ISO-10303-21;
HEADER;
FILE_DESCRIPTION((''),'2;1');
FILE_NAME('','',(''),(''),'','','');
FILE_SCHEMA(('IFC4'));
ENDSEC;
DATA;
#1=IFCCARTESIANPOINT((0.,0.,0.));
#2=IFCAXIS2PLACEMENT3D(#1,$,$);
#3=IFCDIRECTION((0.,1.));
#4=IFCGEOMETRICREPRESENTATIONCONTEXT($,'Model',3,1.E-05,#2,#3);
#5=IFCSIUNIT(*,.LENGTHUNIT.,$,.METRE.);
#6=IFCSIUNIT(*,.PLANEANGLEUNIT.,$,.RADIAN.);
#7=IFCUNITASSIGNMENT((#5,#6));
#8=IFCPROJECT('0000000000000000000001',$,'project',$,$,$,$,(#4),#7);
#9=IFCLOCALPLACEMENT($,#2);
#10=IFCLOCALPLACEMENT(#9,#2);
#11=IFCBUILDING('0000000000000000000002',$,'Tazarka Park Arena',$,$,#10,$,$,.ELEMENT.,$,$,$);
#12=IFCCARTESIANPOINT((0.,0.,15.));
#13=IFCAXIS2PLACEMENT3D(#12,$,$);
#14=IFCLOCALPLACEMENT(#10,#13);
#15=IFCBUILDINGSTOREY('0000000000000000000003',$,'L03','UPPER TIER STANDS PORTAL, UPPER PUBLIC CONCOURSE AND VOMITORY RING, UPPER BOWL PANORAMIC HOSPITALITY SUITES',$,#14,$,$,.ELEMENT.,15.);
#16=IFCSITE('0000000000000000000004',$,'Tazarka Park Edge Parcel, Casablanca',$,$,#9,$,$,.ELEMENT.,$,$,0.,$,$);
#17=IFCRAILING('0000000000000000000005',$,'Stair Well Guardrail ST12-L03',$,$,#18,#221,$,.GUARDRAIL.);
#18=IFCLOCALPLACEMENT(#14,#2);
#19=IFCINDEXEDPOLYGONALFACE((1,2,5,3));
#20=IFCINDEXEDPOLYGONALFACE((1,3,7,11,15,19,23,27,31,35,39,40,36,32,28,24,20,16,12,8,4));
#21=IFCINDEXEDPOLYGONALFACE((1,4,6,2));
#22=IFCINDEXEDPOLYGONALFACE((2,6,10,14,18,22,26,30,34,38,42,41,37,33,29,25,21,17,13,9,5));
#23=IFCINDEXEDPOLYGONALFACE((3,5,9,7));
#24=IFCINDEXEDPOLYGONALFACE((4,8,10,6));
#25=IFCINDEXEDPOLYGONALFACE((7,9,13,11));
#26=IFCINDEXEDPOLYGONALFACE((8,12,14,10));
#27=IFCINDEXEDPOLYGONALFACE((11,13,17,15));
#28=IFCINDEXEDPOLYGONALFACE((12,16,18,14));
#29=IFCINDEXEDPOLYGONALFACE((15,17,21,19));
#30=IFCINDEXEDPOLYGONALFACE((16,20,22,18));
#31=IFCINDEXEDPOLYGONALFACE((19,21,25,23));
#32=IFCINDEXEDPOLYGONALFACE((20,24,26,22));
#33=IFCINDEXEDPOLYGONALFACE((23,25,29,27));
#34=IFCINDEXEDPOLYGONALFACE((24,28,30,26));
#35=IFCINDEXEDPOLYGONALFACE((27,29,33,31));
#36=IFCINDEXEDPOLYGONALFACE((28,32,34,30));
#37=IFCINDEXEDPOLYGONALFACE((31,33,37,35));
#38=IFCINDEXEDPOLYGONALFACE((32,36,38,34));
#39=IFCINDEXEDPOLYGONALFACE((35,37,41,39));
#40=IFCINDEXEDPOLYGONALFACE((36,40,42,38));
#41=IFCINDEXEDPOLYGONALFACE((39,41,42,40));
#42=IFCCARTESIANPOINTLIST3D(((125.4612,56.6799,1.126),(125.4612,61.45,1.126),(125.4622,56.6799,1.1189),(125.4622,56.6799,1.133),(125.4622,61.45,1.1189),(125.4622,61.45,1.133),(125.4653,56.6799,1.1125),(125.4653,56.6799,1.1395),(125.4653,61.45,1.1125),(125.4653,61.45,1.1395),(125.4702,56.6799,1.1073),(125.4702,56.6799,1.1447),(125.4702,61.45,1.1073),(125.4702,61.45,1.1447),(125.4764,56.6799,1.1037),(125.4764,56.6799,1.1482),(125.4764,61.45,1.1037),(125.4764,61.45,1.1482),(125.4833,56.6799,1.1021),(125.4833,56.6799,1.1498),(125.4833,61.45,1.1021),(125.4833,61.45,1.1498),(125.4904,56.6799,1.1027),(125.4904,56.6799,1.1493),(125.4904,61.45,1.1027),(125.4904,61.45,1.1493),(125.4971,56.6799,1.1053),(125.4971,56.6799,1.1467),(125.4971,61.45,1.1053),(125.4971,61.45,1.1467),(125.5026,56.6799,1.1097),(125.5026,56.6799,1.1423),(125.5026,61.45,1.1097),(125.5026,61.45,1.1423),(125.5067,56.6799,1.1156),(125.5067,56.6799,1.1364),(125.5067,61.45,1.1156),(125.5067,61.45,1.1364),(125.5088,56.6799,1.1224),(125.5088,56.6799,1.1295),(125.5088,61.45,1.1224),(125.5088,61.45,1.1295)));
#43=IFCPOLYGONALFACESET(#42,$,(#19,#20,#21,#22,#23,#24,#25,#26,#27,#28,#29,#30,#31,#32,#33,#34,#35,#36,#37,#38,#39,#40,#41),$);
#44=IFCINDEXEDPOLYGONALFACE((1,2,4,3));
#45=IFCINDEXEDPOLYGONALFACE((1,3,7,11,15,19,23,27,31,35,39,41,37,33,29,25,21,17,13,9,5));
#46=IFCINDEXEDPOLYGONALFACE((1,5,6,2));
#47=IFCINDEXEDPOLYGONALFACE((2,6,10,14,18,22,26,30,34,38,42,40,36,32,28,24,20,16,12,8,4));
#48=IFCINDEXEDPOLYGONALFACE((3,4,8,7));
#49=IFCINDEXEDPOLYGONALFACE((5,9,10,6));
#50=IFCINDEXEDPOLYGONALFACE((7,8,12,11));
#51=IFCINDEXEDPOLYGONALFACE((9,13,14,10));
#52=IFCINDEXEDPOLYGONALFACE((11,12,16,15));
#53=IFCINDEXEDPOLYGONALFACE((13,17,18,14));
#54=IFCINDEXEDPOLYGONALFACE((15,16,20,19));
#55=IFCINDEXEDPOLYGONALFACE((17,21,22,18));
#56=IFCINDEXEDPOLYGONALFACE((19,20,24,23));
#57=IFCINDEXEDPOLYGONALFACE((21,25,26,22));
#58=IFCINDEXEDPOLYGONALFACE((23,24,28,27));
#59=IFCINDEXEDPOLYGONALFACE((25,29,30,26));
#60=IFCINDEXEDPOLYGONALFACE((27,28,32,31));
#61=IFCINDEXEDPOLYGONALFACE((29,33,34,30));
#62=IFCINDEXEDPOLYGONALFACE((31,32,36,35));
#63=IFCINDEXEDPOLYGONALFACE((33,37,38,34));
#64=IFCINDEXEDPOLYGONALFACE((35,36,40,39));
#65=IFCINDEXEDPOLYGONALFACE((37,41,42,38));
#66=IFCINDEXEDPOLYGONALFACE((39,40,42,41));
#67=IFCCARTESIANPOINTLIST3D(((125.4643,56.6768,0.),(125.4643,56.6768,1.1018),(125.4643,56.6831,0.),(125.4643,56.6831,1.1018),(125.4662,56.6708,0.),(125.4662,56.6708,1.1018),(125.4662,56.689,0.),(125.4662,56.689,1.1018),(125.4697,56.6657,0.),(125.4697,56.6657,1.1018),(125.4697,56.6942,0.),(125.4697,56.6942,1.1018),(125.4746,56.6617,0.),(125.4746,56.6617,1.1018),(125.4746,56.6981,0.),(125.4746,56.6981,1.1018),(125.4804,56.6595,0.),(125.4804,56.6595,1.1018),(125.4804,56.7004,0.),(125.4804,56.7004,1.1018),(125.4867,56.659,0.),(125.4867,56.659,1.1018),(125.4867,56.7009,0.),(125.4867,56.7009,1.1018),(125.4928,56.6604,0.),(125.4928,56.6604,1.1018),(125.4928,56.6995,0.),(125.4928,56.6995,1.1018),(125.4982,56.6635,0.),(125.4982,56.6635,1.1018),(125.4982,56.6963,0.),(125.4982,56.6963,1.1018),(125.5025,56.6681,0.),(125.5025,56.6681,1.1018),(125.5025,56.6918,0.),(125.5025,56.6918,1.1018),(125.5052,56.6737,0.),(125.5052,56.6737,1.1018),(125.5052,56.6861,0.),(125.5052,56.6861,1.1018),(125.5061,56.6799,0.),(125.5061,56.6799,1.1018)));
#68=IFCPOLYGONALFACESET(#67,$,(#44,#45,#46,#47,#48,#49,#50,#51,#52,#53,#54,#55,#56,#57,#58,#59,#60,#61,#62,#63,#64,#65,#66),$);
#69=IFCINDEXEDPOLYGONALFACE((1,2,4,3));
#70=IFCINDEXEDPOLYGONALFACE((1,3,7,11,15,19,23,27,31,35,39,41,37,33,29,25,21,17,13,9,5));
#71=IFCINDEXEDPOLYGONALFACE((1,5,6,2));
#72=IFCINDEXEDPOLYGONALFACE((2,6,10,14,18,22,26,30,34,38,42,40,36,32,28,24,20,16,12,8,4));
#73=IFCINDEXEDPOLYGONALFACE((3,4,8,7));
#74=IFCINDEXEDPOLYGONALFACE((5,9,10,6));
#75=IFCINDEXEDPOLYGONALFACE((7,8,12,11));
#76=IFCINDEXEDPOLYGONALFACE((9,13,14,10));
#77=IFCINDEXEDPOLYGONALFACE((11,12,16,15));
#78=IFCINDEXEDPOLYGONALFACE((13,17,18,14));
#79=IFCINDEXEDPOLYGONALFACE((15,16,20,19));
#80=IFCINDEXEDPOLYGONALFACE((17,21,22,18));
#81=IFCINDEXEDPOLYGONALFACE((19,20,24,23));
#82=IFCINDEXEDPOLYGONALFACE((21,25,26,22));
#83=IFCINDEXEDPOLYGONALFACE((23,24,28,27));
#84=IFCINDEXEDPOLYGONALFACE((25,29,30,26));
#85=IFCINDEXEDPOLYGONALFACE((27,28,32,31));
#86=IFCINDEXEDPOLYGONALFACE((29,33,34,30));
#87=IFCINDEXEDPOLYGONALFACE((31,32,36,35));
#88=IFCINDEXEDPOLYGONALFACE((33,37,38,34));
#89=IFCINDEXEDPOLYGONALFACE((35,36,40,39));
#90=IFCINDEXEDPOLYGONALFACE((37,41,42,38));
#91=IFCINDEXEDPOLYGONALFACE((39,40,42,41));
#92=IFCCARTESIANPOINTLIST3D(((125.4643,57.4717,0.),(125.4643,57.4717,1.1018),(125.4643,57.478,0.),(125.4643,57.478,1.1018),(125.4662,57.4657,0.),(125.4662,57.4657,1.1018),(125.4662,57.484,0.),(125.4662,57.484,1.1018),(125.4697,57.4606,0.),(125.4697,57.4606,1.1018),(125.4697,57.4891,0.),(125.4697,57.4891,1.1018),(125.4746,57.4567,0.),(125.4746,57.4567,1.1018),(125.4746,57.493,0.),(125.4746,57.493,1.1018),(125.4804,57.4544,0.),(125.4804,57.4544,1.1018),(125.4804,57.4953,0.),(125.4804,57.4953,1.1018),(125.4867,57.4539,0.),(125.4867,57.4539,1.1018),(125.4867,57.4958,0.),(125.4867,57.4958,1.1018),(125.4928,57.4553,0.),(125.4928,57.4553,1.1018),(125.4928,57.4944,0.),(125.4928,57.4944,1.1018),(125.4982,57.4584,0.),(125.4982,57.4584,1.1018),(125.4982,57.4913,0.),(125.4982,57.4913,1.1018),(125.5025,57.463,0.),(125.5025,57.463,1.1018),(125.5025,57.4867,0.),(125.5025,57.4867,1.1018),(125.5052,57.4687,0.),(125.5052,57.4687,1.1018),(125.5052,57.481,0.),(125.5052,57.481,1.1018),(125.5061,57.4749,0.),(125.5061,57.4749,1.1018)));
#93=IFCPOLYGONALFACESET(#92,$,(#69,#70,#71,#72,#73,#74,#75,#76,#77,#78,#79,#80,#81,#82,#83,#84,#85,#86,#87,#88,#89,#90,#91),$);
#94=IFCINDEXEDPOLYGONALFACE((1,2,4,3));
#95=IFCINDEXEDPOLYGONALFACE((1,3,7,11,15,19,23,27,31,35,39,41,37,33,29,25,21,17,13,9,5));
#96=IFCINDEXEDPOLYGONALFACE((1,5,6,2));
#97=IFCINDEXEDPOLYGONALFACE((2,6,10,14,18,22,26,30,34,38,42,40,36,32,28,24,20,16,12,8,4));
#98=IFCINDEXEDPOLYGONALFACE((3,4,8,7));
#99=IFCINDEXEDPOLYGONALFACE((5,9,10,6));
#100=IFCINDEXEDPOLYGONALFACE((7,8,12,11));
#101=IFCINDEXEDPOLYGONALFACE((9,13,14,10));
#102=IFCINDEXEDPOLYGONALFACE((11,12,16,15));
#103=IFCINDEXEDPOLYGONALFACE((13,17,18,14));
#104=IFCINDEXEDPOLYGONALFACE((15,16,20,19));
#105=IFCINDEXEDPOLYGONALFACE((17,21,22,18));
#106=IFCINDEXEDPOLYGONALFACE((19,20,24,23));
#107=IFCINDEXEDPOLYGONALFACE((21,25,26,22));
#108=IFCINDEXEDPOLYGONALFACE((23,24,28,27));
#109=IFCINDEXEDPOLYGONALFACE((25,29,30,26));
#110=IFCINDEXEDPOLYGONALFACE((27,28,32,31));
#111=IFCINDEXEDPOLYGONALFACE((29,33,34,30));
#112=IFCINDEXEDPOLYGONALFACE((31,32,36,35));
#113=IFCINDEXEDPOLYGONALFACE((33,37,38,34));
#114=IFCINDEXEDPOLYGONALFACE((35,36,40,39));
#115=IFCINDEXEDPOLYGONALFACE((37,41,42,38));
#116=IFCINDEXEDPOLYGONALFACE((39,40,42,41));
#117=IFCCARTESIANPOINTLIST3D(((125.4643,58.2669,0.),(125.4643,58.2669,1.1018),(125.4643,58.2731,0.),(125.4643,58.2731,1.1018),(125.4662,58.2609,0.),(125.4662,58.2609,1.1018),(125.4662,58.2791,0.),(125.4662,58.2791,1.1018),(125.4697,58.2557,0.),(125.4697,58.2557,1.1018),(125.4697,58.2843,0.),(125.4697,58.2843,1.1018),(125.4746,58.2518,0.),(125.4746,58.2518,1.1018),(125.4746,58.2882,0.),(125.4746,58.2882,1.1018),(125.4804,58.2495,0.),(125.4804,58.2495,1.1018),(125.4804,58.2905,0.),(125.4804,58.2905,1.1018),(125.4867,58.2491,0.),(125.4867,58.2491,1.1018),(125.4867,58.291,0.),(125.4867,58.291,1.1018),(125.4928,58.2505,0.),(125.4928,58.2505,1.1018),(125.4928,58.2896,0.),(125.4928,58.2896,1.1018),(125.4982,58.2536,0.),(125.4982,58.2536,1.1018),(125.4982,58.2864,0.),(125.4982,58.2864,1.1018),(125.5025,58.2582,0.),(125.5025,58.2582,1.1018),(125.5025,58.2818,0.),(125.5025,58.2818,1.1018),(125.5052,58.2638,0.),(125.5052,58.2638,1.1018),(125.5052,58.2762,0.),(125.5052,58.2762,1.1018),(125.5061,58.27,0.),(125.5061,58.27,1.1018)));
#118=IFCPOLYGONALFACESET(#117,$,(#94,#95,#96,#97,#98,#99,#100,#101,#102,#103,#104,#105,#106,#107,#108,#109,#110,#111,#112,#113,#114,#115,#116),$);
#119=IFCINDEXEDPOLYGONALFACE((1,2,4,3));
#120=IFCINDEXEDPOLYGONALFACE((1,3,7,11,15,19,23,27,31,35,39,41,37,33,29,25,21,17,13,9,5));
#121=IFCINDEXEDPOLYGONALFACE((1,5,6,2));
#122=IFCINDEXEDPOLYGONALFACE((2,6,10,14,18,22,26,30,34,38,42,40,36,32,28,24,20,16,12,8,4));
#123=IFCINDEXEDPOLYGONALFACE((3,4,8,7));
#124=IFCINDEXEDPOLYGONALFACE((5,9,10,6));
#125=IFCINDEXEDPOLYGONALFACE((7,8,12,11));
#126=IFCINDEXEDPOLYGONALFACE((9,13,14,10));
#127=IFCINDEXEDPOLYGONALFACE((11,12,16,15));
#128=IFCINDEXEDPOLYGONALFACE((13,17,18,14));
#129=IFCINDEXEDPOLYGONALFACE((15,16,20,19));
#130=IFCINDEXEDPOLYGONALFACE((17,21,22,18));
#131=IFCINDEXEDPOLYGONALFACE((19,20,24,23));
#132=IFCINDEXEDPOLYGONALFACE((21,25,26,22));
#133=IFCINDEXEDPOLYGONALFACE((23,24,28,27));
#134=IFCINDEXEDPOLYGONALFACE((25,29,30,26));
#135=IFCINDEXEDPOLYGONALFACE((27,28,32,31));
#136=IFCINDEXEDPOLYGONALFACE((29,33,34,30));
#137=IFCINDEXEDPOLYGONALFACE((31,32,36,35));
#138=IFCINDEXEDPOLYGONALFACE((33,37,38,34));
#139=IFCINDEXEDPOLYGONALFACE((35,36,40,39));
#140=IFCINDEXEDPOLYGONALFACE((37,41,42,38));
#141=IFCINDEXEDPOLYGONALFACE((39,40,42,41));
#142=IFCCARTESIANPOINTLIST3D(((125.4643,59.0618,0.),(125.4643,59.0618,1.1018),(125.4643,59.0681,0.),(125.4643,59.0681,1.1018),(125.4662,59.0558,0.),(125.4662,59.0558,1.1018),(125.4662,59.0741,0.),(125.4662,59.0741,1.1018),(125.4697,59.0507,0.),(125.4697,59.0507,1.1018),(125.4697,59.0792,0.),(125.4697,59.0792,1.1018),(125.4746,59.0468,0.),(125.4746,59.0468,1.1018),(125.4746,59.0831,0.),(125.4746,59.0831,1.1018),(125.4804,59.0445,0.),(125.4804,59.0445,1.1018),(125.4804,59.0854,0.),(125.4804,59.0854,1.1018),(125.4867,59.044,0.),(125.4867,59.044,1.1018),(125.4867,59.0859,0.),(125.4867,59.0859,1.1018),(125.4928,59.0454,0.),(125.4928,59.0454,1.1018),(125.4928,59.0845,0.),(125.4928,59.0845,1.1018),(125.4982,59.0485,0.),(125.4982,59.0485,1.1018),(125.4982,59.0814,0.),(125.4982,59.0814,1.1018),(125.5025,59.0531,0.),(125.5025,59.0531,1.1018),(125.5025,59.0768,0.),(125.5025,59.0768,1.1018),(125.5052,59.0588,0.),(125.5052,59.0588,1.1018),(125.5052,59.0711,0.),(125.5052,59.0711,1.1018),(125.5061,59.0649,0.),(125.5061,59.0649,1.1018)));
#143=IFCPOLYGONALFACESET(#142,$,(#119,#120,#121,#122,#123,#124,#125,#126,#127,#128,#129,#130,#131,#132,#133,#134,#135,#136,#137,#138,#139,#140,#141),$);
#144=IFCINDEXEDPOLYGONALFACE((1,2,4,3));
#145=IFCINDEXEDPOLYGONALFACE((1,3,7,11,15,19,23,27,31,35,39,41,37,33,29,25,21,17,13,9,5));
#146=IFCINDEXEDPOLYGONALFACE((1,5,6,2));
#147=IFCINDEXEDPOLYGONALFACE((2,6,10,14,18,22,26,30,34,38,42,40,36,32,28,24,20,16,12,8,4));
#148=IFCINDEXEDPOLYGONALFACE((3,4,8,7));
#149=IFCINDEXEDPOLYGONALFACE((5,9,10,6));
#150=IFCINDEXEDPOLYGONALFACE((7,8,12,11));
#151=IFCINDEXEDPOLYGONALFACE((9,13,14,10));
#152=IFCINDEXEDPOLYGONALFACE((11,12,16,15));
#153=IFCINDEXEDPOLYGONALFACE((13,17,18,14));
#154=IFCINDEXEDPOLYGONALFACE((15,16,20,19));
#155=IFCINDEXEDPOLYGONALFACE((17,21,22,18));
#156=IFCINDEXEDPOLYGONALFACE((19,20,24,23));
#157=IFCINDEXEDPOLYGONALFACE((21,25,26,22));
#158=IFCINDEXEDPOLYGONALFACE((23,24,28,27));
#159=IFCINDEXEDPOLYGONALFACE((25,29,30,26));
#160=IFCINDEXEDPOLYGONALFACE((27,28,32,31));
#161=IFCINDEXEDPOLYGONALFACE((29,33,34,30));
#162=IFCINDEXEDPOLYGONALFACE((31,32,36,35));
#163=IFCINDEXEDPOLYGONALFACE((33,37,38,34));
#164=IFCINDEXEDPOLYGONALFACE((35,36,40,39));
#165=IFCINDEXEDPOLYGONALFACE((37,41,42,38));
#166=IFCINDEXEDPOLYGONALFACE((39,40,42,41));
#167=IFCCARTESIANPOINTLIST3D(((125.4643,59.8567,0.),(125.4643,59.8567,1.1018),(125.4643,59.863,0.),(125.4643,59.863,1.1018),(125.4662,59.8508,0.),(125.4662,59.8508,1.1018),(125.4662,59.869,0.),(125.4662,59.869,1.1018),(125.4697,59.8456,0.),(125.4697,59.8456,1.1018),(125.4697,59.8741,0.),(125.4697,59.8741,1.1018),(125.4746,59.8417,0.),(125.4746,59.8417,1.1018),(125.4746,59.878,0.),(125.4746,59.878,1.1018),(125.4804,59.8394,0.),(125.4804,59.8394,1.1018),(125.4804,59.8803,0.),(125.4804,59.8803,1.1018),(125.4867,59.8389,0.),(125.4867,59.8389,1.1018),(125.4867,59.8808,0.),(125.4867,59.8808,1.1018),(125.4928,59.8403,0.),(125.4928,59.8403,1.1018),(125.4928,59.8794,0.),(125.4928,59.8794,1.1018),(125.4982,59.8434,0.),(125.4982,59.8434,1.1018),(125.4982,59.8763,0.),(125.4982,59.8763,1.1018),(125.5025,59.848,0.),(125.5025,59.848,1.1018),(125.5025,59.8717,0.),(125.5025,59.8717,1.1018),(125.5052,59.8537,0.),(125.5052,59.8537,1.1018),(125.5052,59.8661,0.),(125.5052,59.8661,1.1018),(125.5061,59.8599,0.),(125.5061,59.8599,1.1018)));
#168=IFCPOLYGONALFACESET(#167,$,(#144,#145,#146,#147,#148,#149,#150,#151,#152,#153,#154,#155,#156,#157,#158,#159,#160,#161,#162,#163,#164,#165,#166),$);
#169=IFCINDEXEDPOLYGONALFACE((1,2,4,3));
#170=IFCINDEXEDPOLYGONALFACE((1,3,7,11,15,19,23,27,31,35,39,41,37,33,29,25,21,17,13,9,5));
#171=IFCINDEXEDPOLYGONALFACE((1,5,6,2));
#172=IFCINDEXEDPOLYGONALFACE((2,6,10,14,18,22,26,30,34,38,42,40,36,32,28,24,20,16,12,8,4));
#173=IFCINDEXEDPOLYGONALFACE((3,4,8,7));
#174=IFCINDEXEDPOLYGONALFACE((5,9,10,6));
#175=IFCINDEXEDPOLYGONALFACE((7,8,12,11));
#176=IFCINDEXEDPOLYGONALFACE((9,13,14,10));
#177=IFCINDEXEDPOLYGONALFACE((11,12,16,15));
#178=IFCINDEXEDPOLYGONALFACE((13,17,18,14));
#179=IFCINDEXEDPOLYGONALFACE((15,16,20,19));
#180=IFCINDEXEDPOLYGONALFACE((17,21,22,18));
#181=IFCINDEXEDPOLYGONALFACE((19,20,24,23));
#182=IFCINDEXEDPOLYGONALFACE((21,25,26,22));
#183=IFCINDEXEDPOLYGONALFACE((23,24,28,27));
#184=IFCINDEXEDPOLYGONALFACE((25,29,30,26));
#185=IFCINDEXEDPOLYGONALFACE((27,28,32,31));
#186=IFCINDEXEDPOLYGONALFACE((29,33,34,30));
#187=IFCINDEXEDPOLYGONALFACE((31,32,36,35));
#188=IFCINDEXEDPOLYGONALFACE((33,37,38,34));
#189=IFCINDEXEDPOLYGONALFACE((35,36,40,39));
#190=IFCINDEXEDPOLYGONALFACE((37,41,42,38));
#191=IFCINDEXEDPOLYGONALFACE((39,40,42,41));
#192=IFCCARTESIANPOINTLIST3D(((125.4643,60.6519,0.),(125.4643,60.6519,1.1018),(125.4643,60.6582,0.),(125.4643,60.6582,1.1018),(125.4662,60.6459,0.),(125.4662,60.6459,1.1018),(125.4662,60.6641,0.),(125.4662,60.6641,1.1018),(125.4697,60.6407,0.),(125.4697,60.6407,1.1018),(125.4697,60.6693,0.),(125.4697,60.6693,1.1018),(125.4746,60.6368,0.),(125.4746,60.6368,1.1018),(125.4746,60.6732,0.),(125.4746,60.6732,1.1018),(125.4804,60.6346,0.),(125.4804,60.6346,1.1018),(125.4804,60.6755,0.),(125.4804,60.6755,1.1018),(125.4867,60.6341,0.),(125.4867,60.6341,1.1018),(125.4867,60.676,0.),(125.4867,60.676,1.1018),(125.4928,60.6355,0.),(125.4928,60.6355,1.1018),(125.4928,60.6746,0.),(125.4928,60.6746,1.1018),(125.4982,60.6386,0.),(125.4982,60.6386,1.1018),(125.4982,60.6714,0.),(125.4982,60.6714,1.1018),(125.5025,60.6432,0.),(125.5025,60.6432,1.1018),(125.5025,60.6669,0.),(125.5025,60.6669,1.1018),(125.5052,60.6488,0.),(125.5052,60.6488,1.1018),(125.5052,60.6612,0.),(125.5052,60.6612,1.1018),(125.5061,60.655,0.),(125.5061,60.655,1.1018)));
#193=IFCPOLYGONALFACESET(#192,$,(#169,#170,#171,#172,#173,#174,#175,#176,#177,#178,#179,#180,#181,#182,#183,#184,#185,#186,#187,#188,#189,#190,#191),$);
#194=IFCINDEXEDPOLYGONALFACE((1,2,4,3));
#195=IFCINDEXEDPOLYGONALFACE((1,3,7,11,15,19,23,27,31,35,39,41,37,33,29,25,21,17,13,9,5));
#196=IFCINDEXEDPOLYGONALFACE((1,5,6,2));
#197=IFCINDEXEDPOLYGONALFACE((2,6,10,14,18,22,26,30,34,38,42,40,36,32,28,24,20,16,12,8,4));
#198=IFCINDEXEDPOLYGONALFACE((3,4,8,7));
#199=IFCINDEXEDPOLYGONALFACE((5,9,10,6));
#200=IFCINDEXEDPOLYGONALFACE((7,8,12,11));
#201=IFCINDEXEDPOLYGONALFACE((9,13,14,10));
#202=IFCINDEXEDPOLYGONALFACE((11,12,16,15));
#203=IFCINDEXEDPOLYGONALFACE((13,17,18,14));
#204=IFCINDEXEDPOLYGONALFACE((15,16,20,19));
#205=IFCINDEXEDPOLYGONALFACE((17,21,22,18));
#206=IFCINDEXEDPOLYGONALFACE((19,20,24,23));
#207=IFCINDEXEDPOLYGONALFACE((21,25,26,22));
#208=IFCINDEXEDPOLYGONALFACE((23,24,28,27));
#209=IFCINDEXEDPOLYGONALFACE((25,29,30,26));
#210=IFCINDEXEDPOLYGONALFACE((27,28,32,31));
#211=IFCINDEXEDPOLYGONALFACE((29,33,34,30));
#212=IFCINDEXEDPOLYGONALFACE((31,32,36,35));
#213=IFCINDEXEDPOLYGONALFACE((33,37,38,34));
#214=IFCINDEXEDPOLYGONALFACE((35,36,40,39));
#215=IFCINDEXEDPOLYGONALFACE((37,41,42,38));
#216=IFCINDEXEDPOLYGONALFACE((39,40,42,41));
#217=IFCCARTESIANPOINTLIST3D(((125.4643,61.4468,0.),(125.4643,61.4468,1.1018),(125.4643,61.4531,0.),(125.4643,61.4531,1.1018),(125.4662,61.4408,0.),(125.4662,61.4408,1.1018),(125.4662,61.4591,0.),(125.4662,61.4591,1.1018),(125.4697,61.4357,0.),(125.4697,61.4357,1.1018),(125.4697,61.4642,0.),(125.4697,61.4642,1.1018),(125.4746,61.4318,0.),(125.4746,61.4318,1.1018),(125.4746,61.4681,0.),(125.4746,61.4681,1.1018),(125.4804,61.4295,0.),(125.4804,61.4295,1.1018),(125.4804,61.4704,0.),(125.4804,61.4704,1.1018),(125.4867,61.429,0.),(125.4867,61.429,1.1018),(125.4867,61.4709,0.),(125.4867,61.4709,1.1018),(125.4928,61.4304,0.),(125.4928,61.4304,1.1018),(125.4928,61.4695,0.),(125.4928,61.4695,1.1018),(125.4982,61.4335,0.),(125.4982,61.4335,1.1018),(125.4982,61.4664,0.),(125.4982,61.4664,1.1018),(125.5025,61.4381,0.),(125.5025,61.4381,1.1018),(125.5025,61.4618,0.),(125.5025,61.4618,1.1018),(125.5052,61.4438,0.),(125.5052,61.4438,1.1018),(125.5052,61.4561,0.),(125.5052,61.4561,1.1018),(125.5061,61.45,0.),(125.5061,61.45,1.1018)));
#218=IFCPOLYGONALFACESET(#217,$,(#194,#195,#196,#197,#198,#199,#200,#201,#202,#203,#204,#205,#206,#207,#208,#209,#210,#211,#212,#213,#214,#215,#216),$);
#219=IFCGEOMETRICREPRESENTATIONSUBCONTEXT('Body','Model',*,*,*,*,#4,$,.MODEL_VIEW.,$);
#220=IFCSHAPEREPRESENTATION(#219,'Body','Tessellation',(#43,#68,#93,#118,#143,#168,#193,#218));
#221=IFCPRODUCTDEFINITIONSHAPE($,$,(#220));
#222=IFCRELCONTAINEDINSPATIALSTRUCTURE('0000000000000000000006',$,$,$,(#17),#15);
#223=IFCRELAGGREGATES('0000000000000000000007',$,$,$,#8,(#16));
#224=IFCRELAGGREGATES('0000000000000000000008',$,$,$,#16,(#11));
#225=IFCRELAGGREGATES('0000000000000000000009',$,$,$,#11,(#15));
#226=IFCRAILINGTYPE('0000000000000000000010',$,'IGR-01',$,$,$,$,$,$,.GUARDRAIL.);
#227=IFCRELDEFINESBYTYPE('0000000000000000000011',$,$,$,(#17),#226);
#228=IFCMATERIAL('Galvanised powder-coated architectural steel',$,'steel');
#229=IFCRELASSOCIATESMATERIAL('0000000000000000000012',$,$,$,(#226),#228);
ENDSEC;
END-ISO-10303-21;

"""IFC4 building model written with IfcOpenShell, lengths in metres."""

from ifc_helpers import new_model, si_unit, direction, frame, origin, origin_2d, place, context, subcontext, project, spatial, circle, extrude, material, type_object, element, save


model = new_model("IFC4")

# Units and contexts
model_context = context("Model", 3, precision=1e-05, world=origin(), true_north=direction((0.0, 1.0)))
body_context = subcontext(model_context, "Body", "Model", "MODEL_VIEW")
ifc_project = project(units=[si_unit("LENGTHUNIT", "METRE"), si_unit("PLANEANGLEUNIT", "RADIAN")], contexts=[model_context])

# Site, building, storey
site_placement = place(None, origin())
site = spatial("IfcSite", under=ifc_project, at=site_placement, Name="Tazarka Park Edge Parcel, Casablanca", CompositionType="ELEMENT", RefElevation=0.0)
building_placement = place(site_placement, origin())
building = spatial("IfcBuilding", under=site, at=building_placement, Name="Tazarka Park Arena", CompositionType="ELEMENT")
storey_placement = place(building_placement, frame((0.0, 0.0, 15.0)))
storey = spatial("IfcBuildingStorey", under=building, at=storey_placement, Name="L03", Description="UPPER TIER STANDS PORTAL, UPPER PUBLIC CONCOURSE AND VOMITORY RING, UPPER BOWL PANORAMIC HOSPITALITY SUITES", CompositionType="ELEMENT", Elevation=15.0)

# Railing
ifc_material_1 = material(Name="Galvanised powder-coated architectural steel", Category="steel")
railing_type = type_object("IfcRailingType", Name="IGR-01", PredefinedType="GUARDRAIL", material=ifc_material_1)
railing_1_placement = place(storey_placement, frame((125.4851, 56.6799, 0.0)))
element("IfcRailing", 1, at=railing_1_placement, inside=storey, type_object=railing_type, Name="Stair Well Guardrail ST12-L03", PredefinedType="GUARDRAIL", context=body_context, shape_type="SweptSolid", body=[
    extrude(circle(Radius=0.0239, at=origin_2d()), frame((0.0, 0.0, 1.126), z_axis=(0.0, 1.0, 0.0), x_axis=(-1.0, 0.0, 0.0)), (0.0, 0.0, 1.0), 4.77),
    extrude(circle(Radius=0.021, at=origin_2d()), origin(), (0.0, 0.0, 1.0), 1.1018),
    extrude(circle(Radius=0.021, at=origin_2d()), frame((0.0, 0.7949, 0.0)), (0.0, 0.0, 1.0), 1.1018),
    extrude(circle(Radius=0.021, at=origin_2d()), frame((0.0, 1.5901, 0.0)), (0.0, 0.0, 1.0), 1.1018),
    extrude(circle(Radius=0.021, at=origin_2d()), frame((0.0, 2.385, 0.0)), (0.0, 0.0, 1.0), 1.1018),
    extrude(circle(Radius=0.021, at=origin_2d()), frame((0.0, 3.1799, 0.0)), (0.0, 0.0, 1.0), 1.1018),
    extrude(circle(Radius=0.021, at=origin_2d()), frame((0.0, 3.9751, 0.0)), (0.0, 0.0, 1.0), 1.1018),
    extrude(circle(Radius=0.021, at=origin_2d()), frame((0.0, 4.77, 0.0)), (0.0, 0.0, 1.0), 1.1018),
])

save(model, "model.ifc")
